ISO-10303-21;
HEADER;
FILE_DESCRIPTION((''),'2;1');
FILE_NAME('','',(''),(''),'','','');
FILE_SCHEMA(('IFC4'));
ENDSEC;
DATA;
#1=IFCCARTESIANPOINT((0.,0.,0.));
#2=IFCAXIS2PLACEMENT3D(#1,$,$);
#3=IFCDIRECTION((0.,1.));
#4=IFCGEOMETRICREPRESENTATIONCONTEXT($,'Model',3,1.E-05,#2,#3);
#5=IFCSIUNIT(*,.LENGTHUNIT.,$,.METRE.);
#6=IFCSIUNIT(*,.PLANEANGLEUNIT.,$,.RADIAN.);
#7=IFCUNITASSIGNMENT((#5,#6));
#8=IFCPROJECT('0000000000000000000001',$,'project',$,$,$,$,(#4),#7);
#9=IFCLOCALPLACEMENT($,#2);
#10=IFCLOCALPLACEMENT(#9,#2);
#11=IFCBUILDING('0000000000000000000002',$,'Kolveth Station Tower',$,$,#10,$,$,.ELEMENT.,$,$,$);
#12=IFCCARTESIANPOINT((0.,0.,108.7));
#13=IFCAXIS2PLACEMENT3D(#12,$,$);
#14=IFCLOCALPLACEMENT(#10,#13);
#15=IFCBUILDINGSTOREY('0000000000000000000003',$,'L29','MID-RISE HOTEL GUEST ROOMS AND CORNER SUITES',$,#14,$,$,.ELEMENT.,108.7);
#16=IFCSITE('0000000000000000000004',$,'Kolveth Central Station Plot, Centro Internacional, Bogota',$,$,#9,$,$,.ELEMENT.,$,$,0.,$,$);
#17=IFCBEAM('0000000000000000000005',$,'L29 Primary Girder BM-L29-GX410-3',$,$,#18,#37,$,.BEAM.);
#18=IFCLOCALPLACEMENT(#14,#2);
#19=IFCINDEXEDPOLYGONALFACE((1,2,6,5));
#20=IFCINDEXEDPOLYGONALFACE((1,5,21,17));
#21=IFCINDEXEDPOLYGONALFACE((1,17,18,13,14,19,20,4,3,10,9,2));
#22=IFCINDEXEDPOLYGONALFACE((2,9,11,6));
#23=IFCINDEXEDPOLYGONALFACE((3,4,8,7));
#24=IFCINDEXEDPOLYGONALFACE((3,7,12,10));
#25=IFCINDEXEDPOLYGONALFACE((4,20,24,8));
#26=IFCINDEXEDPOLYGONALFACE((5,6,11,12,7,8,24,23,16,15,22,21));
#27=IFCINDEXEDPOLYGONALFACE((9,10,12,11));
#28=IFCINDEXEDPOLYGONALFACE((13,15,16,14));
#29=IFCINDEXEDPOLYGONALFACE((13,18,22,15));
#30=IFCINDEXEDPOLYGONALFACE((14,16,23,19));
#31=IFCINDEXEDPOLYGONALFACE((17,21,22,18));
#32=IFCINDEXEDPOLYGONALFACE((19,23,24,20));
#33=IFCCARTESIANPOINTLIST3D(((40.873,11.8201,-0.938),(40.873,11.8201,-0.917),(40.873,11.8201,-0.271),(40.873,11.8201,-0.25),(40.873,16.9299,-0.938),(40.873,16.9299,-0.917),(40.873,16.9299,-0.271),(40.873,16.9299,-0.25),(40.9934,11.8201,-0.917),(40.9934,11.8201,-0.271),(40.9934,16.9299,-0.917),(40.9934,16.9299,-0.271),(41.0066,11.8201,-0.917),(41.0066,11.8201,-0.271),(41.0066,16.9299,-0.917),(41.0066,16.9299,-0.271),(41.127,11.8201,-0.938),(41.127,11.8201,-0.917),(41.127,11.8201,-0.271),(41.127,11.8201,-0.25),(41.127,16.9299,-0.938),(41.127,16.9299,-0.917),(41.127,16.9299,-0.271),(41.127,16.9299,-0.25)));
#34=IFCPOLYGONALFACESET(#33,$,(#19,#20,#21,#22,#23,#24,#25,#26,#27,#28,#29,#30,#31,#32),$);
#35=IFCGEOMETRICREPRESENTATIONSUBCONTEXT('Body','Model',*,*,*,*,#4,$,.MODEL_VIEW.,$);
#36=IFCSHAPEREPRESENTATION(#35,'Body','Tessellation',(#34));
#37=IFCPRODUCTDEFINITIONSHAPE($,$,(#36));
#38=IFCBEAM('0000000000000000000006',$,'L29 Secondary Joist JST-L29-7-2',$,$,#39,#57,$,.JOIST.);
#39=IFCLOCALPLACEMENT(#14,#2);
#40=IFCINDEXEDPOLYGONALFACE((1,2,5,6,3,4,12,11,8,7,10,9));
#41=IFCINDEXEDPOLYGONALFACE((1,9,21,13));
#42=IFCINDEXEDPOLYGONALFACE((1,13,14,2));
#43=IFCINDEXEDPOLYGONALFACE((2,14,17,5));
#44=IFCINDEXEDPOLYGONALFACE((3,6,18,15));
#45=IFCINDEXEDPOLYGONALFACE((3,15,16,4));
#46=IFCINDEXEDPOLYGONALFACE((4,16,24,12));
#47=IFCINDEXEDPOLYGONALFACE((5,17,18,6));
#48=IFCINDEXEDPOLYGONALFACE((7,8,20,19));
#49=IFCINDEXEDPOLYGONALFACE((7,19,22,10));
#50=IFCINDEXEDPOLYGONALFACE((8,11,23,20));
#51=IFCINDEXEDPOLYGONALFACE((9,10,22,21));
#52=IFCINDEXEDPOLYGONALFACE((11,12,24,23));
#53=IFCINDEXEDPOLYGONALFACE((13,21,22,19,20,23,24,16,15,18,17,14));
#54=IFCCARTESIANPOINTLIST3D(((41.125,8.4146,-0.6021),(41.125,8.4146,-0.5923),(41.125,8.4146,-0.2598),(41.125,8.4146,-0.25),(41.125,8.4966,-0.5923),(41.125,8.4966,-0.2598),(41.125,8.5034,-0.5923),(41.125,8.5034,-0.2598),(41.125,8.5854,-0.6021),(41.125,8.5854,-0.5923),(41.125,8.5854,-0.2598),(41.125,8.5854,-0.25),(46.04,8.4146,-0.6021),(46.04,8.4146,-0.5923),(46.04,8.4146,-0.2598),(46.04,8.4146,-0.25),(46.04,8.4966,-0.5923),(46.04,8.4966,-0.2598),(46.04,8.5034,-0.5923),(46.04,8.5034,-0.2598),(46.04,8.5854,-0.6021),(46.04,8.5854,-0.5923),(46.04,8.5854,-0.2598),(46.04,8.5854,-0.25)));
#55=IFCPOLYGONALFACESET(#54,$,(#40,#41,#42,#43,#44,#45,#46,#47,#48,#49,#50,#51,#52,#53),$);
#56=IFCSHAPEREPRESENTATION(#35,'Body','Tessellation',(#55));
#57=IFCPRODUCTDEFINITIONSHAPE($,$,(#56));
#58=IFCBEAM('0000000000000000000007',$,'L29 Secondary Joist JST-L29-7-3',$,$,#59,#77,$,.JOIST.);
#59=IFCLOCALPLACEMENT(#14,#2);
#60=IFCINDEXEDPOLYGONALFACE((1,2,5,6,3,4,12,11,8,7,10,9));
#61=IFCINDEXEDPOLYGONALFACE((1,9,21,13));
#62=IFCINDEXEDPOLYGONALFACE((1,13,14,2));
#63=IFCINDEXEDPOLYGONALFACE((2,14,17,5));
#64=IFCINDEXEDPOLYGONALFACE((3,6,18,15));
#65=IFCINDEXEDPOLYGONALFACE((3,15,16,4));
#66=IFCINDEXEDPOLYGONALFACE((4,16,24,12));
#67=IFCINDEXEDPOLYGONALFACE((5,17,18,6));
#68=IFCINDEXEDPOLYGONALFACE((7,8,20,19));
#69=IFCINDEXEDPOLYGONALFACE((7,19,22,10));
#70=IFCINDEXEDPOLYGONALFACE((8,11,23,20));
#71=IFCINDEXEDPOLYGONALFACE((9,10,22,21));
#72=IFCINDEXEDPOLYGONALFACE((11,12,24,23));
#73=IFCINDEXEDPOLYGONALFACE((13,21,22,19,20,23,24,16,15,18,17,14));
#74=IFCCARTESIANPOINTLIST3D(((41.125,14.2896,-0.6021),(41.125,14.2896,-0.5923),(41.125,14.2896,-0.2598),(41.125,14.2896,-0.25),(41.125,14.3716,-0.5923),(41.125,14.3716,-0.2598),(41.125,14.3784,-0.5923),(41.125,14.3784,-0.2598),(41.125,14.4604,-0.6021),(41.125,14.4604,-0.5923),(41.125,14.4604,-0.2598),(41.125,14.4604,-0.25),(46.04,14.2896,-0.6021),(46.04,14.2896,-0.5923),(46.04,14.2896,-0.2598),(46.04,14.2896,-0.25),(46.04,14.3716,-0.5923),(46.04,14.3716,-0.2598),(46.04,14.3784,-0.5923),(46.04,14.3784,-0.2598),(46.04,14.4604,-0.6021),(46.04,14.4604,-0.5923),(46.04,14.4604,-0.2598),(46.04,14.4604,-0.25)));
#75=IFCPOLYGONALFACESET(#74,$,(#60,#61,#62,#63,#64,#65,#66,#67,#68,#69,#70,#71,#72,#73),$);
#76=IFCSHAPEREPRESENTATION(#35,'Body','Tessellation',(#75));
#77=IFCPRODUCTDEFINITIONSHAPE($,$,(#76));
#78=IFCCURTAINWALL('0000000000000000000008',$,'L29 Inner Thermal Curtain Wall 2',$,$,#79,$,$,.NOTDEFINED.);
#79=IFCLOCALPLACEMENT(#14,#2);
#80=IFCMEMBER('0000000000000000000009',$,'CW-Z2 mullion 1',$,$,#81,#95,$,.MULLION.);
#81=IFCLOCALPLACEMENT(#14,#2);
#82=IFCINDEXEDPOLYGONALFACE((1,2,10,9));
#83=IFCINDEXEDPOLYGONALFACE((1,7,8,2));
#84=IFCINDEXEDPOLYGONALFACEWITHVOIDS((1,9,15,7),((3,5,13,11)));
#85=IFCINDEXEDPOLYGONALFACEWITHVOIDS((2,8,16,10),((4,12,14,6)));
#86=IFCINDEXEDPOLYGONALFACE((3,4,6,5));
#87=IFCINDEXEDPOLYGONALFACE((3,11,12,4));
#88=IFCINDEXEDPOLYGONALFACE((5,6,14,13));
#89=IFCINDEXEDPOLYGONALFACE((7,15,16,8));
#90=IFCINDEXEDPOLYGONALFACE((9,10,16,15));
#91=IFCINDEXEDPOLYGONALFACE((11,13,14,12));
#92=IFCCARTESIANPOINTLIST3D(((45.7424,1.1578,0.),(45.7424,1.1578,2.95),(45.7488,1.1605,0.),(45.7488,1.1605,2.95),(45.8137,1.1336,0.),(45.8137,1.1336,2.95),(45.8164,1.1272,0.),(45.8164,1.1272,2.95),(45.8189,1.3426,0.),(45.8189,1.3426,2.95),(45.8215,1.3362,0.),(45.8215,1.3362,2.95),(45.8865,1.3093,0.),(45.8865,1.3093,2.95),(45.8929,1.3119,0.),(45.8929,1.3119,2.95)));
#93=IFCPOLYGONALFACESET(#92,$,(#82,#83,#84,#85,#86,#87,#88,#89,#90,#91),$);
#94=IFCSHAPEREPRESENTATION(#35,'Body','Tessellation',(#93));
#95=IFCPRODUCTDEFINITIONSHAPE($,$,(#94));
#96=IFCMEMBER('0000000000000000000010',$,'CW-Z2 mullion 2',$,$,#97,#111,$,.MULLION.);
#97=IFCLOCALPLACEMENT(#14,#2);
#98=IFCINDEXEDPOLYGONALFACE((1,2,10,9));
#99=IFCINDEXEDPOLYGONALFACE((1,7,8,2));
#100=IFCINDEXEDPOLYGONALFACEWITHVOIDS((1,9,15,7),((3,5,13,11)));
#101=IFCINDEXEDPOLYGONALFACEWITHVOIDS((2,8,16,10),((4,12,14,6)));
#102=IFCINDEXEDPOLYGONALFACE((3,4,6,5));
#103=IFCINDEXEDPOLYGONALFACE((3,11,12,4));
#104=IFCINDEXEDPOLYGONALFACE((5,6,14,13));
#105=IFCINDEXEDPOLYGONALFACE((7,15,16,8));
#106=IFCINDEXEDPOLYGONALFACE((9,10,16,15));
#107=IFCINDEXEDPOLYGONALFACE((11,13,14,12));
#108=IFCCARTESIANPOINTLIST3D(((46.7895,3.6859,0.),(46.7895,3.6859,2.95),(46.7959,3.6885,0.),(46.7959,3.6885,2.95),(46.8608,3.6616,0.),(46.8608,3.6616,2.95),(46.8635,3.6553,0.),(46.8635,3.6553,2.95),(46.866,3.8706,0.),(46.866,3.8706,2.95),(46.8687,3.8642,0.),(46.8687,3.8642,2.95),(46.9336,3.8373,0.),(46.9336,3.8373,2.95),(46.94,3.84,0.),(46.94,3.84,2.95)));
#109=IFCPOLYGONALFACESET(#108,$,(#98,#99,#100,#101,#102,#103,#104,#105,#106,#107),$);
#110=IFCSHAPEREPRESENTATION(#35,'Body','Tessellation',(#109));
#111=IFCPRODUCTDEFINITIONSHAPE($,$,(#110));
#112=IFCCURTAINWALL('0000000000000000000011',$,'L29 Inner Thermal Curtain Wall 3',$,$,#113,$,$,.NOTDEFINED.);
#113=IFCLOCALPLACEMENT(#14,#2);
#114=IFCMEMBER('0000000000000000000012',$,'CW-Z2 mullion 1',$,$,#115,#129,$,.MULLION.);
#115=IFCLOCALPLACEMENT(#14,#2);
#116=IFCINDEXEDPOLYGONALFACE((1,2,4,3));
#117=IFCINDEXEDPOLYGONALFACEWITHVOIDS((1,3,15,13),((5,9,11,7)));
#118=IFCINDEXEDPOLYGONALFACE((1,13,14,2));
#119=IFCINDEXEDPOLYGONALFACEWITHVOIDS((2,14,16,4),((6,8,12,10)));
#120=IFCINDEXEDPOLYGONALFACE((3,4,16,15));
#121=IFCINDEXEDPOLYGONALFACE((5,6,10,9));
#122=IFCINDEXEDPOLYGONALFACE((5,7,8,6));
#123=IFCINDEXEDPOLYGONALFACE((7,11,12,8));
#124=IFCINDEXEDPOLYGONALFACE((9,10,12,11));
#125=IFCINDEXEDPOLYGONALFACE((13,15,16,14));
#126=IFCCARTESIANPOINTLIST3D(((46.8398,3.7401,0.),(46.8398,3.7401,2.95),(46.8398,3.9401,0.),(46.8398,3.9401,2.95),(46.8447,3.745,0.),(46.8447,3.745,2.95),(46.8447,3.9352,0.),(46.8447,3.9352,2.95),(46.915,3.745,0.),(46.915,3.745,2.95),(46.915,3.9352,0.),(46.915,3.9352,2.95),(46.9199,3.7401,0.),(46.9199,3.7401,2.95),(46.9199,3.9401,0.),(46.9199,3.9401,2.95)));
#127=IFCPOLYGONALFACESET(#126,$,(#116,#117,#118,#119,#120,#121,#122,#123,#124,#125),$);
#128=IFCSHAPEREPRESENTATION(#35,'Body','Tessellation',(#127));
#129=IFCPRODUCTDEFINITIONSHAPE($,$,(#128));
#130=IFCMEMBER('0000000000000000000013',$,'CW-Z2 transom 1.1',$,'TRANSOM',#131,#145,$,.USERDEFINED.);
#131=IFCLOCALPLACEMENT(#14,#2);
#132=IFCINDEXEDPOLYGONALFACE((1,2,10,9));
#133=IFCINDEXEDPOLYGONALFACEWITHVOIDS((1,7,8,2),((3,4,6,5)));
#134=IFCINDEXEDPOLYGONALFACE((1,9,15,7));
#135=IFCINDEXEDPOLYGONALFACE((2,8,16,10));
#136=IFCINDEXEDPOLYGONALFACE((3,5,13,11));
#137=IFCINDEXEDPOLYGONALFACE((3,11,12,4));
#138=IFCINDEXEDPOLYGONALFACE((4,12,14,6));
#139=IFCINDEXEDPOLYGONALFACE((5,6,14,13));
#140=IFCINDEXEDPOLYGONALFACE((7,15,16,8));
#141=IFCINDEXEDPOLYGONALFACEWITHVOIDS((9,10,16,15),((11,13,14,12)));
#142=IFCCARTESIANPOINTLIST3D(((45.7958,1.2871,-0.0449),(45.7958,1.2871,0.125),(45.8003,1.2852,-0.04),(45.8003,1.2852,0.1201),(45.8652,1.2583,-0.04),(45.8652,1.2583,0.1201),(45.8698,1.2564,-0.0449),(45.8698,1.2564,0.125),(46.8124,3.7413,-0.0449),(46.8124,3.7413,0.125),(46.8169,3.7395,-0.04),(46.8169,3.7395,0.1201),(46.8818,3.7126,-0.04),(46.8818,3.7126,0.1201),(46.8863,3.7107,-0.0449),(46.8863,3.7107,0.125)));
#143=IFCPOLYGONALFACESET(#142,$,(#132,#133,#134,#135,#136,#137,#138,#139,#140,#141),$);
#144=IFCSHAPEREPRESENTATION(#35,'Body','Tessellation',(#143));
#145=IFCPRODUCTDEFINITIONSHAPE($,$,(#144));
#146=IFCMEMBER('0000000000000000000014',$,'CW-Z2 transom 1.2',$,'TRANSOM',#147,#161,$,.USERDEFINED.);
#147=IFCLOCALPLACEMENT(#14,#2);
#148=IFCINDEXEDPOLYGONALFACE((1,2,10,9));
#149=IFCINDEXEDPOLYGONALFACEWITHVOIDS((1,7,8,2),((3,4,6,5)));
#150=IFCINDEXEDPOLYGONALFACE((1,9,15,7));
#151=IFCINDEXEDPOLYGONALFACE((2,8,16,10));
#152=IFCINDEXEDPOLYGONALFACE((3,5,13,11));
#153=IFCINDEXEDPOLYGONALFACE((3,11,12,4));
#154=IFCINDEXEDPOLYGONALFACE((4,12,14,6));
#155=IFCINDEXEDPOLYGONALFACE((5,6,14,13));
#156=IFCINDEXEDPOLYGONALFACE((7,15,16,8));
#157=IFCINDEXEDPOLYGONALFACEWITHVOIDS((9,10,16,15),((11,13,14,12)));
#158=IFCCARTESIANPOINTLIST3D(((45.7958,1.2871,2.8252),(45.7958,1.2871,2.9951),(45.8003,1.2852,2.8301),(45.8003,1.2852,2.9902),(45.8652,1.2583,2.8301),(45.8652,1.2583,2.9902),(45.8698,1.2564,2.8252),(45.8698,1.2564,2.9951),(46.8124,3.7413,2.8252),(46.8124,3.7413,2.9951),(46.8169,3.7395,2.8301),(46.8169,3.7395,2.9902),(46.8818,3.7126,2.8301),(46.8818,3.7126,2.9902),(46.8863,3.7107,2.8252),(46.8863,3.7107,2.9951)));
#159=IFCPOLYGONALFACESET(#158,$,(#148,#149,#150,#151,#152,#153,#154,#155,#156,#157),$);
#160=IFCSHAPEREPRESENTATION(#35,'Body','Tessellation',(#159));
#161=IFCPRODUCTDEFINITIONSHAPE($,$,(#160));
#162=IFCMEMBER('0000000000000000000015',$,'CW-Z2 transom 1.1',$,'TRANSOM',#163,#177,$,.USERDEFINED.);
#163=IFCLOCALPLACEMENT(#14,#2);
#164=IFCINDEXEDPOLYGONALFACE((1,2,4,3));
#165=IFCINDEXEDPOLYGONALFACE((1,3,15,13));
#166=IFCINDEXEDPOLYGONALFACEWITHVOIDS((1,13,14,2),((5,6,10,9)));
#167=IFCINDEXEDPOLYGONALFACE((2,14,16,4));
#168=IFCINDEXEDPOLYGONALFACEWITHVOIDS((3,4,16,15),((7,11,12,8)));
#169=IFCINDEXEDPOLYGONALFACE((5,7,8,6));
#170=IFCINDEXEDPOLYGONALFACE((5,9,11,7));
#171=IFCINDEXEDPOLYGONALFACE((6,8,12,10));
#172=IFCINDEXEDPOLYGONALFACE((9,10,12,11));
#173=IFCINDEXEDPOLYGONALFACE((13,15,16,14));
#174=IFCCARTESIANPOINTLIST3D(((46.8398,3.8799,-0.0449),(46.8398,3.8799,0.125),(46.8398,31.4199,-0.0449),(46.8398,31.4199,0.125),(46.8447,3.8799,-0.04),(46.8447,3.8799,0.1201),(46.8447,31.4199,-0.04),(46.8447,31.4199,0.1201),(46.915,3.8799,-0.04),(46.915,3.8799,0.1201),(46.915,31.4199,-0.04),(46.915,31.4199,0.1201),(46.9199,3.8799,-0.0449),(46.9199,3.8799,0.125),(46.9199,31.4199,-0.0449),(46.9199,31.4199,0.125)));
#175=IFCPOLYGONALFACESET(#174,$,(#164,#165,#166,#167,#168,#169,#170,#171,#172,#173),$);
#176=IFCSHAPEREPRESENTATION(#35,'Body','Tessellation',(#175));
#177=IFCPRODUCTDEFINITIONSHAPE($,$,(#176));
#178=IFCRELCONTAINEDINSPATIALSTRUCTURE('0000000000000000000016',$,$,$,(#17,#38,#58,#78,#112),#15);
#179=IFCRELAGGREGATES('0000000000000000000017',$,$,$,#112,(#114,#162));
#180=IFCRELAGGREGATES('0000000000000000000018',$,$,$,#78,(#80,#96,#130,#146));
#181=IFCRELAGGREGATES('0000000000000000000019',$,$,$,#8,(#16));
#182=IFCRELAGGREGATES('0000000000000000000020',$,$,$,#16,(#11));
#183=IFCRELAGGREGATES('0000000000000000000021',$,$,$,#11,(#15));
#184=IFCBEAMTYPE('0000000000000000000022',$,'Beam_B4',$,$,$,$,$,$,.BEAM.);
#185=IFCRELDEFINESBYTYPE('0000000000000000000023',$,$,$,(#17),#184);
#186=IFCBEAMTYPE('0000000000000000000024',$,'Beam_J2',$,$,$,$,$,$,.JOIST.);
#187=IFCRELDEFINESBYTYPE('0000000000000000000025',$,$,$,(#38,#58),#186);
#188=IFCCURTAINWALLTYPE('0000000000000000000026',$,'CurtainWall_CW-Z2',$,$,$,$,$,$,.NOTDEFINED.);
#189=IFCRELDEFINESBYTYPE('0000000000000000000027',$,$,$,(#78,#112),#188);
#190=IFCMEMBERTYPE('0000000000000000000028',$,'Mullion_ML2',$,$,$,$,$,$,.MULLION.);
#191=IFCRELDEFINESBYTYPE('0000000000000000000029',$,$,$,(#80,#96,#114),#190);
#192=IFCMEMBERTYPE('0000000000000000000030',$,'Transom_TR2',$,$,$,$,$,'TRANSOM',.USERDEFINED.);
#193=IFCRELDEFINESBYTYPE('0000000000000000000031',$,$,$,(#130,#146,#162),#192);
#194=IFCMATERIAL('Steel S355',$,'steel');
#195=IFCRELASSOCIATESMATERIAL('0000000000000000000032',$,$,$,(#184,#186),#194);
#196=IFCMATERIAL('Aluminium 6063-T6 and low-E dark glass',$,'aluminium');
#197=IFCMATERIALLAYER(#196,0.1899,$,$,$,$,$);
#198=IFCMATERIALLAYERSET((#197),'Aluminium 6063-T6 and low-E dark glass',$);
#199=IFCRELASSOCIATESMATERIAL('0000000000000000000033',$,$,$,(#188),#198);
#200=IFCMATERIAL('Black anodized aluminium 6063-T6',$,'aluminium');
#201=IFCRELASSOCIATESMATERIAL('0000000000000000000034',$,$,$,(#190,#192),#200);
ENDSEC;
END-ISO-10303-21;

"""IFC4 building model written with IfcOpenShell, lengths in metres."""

from ifc_helpers import new_model, si_unit, direction, frame, origin, origin_2d, place, context, subcontext, project, spatial, hollow_rectangle, i_section, extrude, source, transform, mapped, material, layer, layer_set, material_profile, profile_set, type_object, element, aggregate, save


model = new_model("IFC4")

# Units and contexts
model_context = context("Model", 3, precision=1e-05, world=origin(), true_north=direction((0.0, 1.0)))
body_context = subcontext(model_context, "Body", "Model", "MODEL_VIEW")
ifc_project = project(units=[si_unit("LENGTHUNIT", "METRE"), si_unit("PLANEANGLEUNIT", "RADIAN")], contexts=[model_context])

# Site, building, storey
site_placement = place(None, origin())
site = spatial("IfcSite", under=ifc_project, at=site_placement, Name="Kolveth Central Station Plot, Centro Internacional, Bogota", CompositionType="ELEMENT", RefElevation=0.0)
building_placement = place(site_placement, origin())
building = spatial("IfcBuilding", under=site, at=building_placement, Name="Kolveth Station Tower", CompositionType="ELEMENT")
storey_placement = place(building_placement, frame((0.0, 0.0, 108.7)))
storey = spatial("IfcBuildingStorey", under=building, at=storey_placement, Name="L29", Description="MID-RISE HOTEL GUEST ROOMS AND CORNER SUITES", CompositionType="ELEMENT", Elevation=108.7)

# Beams
ifc_material_1 = material(Name="Steel S355", Category="steel")
ifc_material_profile_1 = material_profile(ifc_material_1, i_section(OverallWidth=0.2539, OverallDepth=0.688, WebThickness=0.0132, FlangeThickness=0.021, at=origin_2d()), Name="W690x152")
ifc_profile_set_1 = profile_set([ifc_material_profile_1], Name="Steel S355")
beam_type_1 = type_object("IfcBeamType", Name="Beam_B4", PredefinedType="BEAM", material=ifc_profile_set_1)
shared_shape_1 = source(origin(), body_context, "Body", "SweptSolid", [
    extrude(i_section(OverallWidth=0.2539, OverallDepth=0.688, WebThickness=0.0132, FlangeThickness=0.021, at=origin_2d()), origin(), (0.0, 0.0, 1.0), 5.1099),
])
beam_1_placement = place(storey_placement, frame((41.0, 11.8201, -0.594), z_axis=(0.0, 1.0, 0.0), x_axis=(-1.0, 0.0, 0.0)))
element("IfcBeam", 1, at=beam_1_placement, inside=storey, type_object=beam_type_1, Name="L29 Primary Girder BM-L29-GX410-3", PredefinedType="BEAM", context=body_context, shape_type="MappedRepresentation", body=[
    mapped(shared_shape_1, transform((0.0, 0.0, 0.0), x_axis=(1.0, 0.0, 0.0), y_axis=(0.0, 1.0, 0.0), z_axis=(0.0, 0.0, 1.0), scale=1.0)),
])
ifc_material_profile_2 = material_profile(ifc_material_1, i_section(OverallWidth=0.1709, OverallDepth=0.3521, WebThickness=0.0068, FlangeThickness=0.0098, at=origin_2d()), Name="W360x44")
ifc_profile_set_2 = profile_set([ifc_material_profile_2], Name="Steel S355")
beam_type_2 = type_object("IfcBeamType", Name="Beam_J2", PredefinedType="JOIST", material=ifc_profile_set_2)
shared_shape_2 = source(origin(), body_context, "Body", "SweptSolid", [
    extrude(i_section(OverallWidth=0.1709, OverallDepth=0.3521, WebThickness=0.0068, FlangeThickness=0.0098, at=origin_2d()), origin(), (0.0, 0.0, 1.0), 4.915),
])
for number, where, z_axis, x_axis, name in (
    (2, (41.125, 8.5, -0.426), (1.0, 0.0, 0.0), (0.0, 1.0, 0.0), "L29 Secondary Joist JST-L29-7-2"),
    (3, (41.125, 14.375, -0.426), (1.0, 0.0, 0.0), (0.0, 1.0, 0.0), "L29 Secondary Joist JST-L29-7-3"),
):
    element("IfcBeam", number, at=place(storey_placement, frame(where, z_axis=z_axis, x_axis=x_axis)), inside=storey, type_object=beam_type_2, Name=name, PredefinedType="JOIST", context=body_context, shape_type="MappedRepresentation", body=[
        mapped(shared_shape_2, transform((0.0, 0.0, 0.0), x_axis=(1.0, 0.0, 0.0), y_axis=(0.0, 1.0, 0.0), z_axis=(0.0, 0.0, 1.0), scale=1.0)),
    ])

# Curtain wall, members
ifc_material_2 = material(Name="Aluminium 6063-T6 and low-E dark glass", Category="aluminium")
ifc_layer_1 = layer(ifc_material_2, 0.1899)
ifc_layer_set_1 = layer_set([ifc_layer_1], Name="Aluminium 6063-T6 and low-E dark glass")
curtain_wall_type_1 = type_object("IfcCurtainWallType", Name="CurtainWall_CW-Z2", PredefinedType="NOTDEFINED", material=ifc_layer_set_1)
curtain_wall_1_placement = place(storey_placement, origin())
curtain_wall_1 = element("IfcCurtainWall", 4, at=curtain_wall_1_placement, inside=storey, type_object=curtain_wall_type_1, Name="L29 Inner Thermal Curtain Wall 2", PredefinedType="NOTDEFINED")
ifc_material_3 = material(Name="Black anodized aluminium 6063-T6", Category="aluminium")
ifc_material_profile_3 = material_profile(ifc_material_3, hollow_rectangle(XDim=0.0801, YDim=0.2, WallThickness=0.0049, at=origin_2d()), Name="ALU-80x200x5")
ifc_profile_set_3 = profile_set([ifc_material_profile_3], Name="Black anodized aluminium 6063-T6")
member_type_1 = type_object("IfcMemberType", Name="Mullion_ML2", PredefinedType="MULLION", material=ifc_profile_set_3)
shared_shape_3 = source(origin(), body_context, "Body", "SweptSolid", [
    extrude(hollow_rectangle(XDim=0.0801, YDim=0.2, WallThickness=0.0049, at=origin_2d()), origin(), (0.0, 0.0, 1.0), 2.95),
])
member_1_placement = place(storey_placement, frame((45.8176, 1.2349, 0.0), z_axis=(0.0, 0.0, 1.0), x_axis=(-0.923888, 0.382663, 0.0)))
member_1 = element("IfcMember", 5, at=member_1_placement, type_object=member_type_1, Name="CW-Z2 mullion 1", PredefinedType="MULLION", context=body_context, shape_type="MappedRepresentation", body=[
    mapped(shared_shape_3, transform((0.0, 0.0, 0.0), x_axis=(1.0, 0.0, 0.0), y_axis=(0.0, 1.0, 0.0), z_axis=(0.0, 0.0, 1.0), scale=1.0)),
])
member_2_placement = place(storey_placement, frame((46.8647, 3.7629, 0.0), z_axis=(0.0, 0.0, 1.0), x_axis=(-0.923888, 0.382663, 0.0)))
member_2 = element("IfcMember", 6, at=member_2_placement, type_object=member_type_1, Name="CW-Z2 mullion 2", PredefinedType="MULLION", context=body_context, shape_type="MappedRepresentation", body=[
    mapped(shared_shape_3, transform((0.0, 0.0, 0.0), x_axis=(1.0, 0.0, 0.0), y_axis=(0.0, 1.0, 0.0), z_axis=(0.0, 0.0, 1.0), scale=1.0)),
])

# Curtain wall, member
curtain_wall_2_placement = place(storey_placement, origin())
curtain_wall_2 = element("IfcCurtainWall", 7, at=curtain_wall_2_placement, inside=storey, type_object=curtain_wall_type_1, Name="L29 Inner Thermal Curtain Wall 3", PredefinedType="NOTDEFINED")
member_3_placement = place(storey_placement, frame((46.8799, 3.8401, 0.0), z_axis=(0.0, 0.0, 1.0), x_axis=(-1.0, 0.0, 0.0)))
member_3 = element("IfcMember", 8, at=member_3_placement, type_object=member_type_1, Name="CW-Z2 mullion 1", PredefinedType="MULLION", context=body_context, shape_type="MappedRepresentation", body=[
    mapped(shared_shape_3, transform((0.0, 0.0, 0.0), x_axis=(1.0, 0.0, 0.0), y_axis=(0.0, 1.0, 0.0), z_axis=(0.0, 0.0, 1.0), scale=1.0)),
])

# Members
ifc_material_profile_4 = material_profile(ifc_material_3, hollow_rectangle(XDim=0.0801, YDim=0.1699, WallThickness=0.0049, at=origin_2d()), Name="ALU-80x170x5")
ifc_profile_set_4 = profile_set([ifc_material_profile_4], Name="Black anodized aluminium 6063-T6")
member_type_2 = type_object("IfcMemberType", Name="Transom_TR2", ElementType="TRANSOM", PredefinedType="USERDEFINED", material=ifc_profile_set_4)
shared_shape_4 = source(origin(), body_context, "Body", "SweptSolid", [
    extrude(hollow_rectangle(XDim=0.0801, YDim=0.1699, WallThickness=0.0049, at=origin_2d()), origin(), (0.0, 0.0, 1.0), 2.6565),
])
member_4_placement = place(storey_placement, frame((45.8328, 1.2717, 0.04), z_axis=(0.382676, 0.923882, 0.0), x_axis=(-0.923882, 0.382676, 0.0)))
member_4 = element("IfcMember", 9, at=member_4_placement, type_object=member_type_2, Name="CW-Z2 transom 1.1", ObjectType="TRANSOM", PredefinedType="USERDEFINED", context=body_context, shape_type="MappedRepresentation", body=[
    mapped(shared_shape_4, transform((0.0, 0.0, 0.0), x_axis=(1.0, 0.0, 0.0), y_axis=(0.0, 1.0, 0.0), z_axis=(0.0, 0.0, 1.0), scale=1.0)),
])
member_5_placement = place(storey_placement, frame((45.8328, 1.2717, 2.9102), z_axis=(0.382676, 0.923882, 0.0), x_axis=(-0.923882, 0.382676, 0.0)))
member_5 = element("IfcMember", 10, at=member_5_placement, type_object=member_type_2, Name="CW-Z2 transom 1.2", ObjectType="TRANSOM", PredefinedType="USERDEFINED", context=body_context, shape_type="MappedRepresentation", body=[
    mapped(shared_shape_4, transform((0.0, 0.0, 0.0), x_axis=(1.0, 0.0, 0.0), y_axis=(0.0, 1.0, 0.0), z_axis=(0.0, 0.0, 1.0), scale=1.0)),
])
shared_shape_5 = source(origin(), body_context, "Body", "SweptSolid", [
    extrude(hollow_rectangle(XDim=0.0801, YDim=0.1699, WallThickness=0.0049, at=origin_2d()), origin(), (0.0, 0.0, 1.0), 27.54),
])
member_6_placement = place(storey_placement, frame((46.8799, 3.8799, 0.04), z_axis=(0.0, 1.0, 0.0), x_axis=(-1.0, 0.0, 0.0)))
member_6 = element("IfcMember", 11, at=member_6_placement, type_object=member_type_2, Name="CW-Z2 transom 1.1", ObjectType="TRANSOM", PredefinedType="USERDEFINED", context=body_context, shape_type="MappedRepresentation", body=[
    mapped(shared_shape_5, transform((0.0, 0.0, 0.0), x_axis=(1.0, 0.0, 0.0), y_axis=(0.0, 1.0, 0.0), z_axis=(0.0, 0.0, 1.0), scale=1.0)),
])
aggregate(curtain_wall_2, [member_3, member_6])

aggregate(curtain_wall_1, [member_1, member_2, member_4, member_5])

save(model, "model.ifc")
